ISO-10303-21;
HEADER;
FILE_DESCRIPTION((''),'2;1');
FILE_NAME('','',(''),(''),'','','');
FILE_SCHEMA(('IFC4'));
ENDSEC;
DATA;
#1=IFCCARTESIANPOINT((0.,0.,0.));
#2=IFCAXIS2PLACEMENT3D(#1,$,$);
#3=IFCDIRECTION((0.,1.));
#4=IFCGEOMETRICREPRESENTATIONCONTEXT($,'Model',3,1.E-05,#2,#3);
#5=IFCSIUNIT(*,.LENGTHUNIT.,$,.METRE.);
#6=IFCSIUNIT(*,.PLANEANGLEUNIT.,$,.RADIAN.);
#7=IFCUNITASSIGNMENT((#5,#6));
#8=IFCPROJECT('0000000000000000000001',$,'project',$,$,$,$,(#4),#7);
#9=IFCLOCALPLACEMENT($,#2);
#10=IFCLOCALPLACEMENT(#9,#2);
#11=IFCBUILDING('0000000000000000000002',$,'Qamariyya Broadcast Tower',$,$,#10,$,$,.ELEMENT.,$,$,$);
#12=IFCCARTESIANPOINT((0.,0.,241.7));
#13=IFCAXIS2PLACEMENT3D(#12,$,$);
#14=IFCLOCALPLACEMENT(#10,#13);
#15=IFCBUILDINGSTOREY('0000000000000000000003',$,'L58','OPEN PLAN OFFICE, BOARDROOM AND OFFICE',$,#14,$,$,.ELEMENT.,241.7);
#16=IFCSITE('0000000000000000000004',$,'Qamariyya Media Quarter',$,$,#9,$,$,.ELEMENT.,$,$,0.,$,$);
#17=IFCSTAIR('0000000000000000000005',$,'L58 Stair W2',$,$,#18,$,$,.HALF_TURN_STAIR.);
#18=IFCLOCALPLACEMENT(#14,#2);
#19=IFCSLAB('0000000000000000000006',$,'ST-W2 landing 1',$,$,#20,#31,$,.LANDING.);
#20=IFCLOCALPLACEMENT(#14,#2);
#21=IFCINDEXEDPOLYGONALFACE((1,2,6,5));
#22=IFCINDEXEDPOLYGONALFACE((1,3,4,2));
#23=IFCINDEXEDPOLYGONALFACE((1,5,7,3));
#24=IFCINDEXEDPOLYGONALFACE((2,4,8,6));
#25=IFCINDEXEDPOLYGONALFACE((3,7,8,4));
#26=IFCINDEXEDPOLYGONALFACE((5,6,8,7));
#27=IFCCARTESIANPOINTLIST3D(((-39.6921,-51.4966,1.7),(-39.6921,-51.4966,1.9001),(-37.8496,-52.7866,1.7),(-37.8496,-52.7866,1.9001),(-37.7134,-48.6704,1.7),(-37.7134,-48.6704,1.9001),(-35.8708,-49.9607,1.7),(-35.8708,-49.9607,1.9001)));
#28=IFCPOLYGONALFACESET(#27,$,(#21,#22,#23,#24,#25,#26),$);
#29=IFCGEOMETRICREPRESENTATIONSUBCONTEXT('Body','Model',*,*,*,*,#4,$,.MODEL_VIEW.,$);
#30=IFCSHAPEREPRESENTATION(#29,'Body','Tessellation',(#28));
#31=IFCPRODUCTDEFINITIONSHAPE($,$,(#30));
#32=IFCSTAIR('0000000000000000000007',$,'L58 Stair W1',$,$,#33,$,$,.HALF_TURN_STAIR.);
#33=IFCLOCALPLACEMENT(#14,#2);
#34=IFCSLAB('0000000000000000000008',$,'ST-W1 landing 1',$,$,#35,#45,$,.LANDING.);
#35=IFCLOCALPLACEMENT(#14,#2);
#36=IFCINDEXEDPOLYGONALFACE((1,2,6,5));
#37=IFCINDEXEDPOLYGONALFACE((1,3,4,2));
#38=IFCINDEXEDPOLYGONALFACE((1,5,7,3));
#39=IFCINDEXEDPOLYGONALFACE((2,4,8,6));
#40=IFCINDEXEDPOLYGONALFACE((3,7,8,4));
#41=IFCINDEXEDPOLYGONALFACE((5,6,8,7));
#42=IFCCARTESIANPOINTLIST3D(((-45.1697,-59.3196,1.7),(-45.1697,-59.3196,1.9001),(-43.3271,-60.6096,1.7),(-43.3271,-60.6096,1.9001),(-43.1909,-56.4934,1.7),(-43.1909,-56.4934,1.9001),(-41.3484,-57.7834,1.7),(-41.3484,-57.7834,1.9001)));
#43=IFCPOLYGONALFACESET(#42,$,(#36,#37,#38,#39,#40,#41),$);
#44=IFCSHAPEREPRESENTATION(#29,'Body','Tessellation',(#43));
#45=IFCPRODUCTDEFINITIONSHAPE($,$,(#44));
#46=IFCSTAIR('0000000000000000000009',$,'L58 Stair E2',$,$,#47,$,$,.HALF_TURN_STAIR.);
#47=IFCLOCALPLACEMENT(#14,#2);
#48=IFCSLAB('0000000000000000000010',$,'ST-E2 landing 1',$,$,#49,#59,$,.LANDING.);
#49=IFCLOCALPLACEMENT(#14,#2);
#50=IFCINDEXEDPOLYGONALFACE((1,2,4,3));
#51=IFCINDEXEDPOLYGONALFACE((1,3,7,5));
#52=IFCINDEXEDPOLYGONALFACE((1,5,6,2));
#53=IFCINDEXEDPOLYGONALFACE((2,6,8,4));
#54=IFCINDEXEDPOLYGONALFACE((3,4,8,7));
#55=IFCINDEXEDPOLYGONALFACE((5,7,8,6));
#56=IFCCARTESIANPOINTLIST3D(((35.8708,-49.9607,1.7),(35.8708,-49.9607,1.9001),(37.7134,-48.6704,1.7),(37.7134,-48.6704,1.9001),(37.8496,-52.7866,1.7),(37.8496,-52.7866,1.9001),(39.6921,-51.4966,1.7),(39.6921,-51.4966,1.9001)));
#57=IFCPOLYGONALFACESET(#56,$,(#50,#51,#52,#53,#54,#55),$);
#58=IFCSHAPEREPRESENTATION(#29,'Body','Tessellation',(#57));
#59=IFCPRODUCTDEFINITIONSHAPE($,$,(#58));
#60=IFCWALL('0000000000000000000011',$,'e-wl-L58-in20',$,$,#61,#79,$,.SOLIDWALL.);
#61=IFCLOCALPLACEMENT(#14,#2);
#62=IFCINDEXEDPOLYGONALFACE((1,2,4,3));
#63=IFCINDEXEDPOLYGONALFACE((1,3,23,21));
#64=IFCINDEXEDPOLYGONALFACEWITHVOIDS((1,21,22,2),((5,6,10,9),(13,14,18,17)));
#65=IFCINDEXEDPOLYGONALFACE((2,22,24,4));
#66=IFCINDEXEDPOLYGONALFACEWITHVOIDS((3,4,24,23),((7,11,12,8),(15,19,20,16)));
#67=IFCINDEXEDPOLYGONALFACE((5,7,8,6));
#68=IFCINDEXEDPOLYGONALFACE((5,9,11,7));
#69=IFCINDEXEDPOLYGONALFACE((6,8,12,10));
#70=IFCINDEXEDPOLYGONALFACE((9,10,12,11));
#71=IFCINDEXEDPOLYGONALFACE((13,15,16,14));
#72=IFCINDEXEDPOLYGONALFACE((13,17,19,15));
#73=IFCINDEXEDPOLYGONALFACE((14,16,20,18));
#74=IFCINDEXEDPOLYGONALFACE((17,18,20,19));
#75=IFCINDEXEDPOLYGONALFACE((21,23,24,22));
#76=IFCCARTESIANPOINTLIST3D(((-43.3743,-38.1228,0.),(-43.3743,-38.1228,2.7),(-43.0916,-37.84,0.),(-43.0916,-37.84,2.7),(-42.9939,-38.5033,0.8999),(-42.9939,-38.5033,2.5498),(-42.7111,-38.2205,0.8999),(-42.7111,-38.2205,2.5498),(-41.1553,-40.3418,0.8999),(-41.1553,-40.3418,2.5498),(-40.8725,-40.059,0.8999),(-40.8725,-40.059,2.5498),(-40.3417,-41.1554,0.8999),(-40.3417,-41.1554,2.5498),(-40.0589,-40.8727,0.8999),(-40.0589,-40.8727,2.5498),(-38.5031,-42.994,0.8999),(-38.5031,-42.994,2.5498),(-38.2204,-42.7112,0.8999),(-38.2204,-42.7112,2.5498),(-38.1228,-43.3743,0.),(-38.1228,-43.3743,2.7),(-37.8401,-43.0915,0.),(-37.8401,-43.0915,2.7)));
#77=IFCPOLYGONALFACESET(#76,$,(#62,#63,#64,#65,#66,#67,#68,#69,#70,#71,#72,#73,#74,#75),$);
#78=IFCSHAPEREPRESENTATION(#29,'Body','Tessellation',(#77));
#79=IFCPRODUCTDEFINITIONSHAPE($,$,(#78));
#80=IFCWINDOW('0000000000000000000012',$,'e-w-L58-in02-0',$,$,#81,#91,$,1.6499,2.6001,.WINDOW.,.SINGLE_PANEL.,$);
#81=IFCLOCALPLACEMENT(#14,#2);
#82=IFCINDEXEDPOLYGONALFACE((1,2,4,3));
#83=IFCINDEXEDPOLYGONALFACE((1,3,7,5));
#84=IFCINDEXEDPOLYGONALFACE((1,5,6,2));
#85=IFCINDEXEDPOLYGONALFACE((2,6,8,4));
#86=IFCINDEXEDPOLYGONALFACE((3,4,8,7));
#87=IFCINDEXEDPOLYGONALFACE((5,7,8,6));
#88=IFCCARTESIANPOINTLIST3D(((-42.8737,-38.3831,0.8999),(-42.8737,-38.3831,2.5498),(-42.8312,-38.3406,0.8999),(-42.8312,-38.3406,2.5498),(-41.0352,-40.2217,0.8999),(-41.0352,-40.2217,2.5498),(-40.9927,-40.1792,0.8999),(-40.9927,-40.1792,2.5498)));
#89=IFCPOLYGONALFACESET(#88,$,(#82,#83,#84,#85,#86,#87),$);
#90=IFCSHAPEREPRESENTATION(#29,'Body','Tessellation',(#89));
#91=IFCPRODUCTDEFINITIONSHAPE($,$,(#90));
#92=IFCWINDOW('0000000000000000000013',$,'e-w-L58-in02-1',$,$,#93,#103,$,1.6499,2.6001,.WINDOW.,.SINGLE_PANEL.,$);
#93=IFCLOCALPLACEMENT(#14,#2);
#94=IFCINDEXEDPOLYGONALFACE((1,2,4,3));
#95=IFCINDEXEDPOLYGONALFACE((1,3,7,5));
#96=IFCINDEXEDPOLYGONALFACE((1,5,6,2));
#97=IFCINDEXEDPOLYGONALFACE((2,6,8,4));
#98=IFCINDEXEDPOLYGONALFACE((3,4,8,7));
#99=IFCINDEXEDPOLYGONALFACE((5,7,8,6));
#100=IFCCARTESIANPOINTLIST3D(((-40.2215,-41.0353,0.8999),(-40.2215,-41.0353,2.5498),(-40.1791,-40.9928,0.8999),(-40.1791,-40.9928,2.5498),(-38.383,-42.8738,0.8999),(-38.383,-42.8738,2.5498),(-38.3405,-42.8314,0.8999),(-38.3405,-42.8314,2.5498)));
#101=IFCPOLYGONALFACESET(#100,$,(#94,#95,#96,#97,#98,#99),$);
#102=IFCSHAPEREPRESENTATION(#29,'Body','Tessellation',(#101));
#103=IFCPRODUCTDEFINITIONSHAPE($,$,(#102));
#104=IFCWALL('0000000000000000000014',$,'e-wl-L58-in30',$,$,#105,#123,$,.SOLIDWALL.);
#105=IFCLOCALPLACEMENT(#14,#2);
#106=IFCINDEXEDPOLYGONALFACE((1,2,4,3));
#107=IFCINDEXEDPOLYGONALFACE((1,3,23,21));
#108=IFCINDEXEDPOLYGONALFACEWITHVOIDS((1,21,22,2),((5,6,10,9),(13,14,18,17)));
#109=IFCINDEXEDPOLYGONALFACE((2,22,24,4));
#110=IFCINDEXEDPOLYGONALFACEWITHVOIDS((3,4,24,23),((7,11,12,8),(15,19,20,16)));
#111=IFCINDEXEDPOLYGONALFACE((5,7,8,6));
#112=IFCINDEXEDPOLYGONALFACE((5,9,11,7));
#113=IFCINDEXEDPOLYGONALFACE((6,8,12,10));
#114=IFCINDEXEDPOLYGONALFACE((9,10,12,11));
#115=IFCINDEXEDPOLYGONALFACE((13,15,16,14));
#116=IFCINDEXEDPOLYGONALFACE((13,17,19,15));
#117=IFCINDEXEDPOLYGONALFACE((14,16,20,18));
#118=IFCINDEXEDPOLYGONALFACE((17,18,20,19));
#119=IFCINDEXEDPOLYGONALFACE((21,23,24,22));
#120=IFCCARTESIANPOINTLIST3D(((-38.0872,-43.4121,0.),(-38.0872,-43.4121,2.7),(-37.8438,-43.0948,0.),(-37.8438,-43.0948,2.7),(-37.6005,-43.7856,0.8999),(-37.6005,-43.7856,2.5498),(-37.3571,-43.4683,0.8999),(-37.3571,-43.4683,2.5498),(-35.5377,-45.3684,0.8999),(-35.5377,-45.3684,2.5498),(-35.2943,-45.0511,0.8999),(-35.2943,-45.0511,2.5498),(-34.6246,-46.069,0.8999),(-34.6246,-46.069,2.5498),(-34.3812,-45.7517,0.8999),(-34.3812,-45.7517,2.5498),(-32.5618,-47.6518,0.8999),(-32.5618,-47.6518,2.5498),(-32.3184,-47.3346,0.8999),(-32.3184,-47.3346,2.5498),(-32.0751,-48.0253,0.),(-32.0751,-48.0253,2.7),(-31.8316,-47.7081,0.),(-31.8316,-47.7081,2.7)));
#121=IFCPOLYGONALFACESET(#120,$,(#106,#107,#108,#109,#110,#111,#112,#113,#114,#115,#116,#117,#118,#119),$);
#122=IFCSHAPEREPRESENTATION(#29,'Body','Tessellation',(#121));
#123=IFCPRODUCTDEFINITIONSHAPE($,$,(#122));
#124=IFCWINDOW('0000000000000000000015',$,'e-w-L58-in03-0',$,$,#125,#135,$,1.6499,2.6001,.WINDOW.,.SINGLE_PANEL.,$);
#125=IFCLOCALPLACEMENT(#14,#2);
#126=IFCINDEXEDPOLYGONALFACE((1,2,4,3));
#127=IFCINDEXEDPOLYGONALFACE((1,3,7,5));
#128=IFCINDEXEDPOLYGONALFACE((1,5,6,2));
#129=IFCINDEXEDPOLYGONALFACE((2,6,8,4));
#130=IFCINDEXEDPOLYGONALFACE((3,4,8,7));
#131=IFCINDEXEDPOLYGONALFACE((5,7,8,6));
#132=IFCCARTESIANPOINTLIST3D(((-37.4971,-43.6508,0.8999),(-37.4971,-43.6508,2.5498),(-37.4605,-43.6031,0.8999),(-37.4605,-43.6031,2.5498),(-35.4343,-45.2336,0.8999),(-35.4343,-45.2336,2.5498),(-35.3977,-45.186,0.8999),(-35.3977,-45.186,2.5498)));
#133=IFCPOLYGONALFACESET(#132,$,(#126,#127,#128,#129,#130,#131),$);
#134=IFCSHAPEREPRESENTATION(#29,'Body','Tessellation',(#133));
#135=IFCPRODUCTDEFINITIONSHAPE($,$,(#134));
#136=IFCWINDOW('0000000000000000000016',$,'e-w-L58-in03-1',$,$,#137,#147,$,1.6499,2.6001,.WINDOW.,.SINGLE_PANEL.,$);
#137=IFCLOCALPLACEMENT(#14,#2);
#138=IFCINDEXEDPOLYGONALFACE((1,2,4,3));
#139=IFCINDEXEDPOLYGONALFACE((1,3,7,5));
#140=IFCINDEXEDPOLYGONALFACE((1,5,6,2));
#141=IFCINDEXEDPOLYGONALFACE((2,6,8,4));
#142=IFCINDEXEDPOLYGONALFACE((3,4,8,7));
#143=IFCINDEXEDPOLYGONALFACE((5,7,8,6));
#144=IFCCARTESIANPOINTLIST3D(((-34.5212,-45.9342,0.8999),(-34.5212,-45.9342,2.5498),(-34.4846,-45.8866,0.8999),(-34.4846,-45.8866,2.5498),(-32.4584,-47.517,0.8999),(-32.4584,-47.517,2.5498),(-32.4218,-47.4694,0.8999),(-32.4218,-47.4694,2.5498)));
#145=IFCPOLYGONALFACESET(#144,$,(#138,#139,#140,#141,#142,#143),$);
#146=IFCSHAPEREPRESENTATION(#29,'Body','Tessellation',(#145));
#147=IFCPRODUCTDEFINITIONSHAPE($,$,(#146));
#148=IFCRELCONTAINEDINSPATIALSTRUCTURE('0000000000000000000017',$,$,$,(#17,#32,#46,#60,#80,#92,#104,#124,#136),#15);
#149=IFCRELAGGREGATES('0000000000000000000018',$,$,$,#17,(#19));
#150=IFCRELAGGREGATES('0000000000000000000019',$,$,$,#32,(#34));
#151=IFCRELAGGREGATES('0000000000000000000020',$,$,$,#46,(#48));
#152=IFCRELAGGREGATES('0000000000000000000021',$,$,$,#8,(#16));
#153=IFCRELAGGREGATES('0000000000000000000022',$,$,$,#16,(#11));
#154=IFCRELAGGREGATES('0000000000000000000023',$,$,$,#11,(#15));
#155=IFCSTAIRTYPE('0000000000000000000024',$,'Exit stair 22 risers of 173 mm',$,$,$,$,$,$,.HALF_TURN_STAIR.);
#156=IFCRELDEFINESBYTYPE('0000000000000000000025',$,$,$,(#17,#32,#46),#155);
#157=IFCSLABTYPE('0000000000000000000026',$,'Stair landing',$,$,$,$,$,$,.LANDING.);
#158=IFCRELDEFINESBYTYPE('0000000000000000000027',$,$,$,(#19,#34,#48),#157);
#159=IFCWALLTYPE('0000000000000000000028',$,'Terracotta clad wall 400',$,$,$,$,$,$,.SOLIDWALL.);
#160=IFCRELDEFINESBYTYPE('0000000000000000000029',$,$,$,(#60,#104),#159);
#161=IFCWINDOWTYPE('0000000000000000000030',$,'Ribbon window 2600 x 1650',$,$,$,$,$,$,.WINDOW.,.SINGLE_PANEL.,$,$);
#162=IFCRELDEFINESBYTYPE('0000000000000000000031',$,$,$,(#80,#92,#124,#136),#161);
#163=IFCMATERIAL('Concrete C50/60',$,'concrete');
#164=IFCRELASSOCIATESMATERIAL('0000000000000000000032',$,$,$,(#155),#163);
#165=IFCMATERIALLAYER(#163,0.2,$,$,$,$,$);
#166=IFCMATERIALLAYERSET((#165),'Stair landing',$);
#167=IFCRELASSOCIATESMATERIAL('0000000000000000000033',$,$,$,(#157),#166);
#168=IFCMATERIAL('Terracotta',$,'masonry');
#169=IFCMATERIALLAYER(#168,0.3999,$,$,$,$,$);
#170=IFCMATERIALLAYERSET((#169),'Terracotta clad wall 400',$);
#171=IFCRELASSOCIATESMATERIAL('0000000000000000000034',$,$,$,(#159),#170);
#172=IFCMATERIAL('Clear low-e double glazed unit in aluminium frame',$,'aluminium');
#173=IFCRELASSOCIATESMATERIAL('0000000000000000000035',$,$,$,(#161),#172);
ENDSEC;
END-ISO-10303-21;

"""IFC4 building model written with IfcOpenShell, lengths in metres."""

from ifc_helpers import new_model, si_unit, direction, frame, frame_2d, origin, place, context, subcontext, project, spatial, polyline, rectangle, outline, extrude, material, layer, layer_set, type_object, element, fill, aggregate, save


model = new_model("IFC4")

# Units and contexts
model_context = context("Model", 3, precision=1e-05, world=origin(), true_north=direction((0.0, 1.0)))
body_context = subcontext(model_context, "Body", "Model", "MODEL_VIEW")
ifc_project = project(units=[si_unit("LENGTHUNIT", "METRE"), si_unit("PLANEANGLEUNIT", "RADIAN")], contexts=[model_context])

# Site, building, storey
site_placement = place(None, origin())
site = spatial("IfcSite", under=ifc_project, at=site_placement, Name="Qamariyya Media Quarter", CompositionType="ELEMENT", RefElevation=0.0)
building_placement = place(site_placement, origin())
building = spatial("IfcBuilding", under=site, at=building_placement, Name="Qamariyya Broadcast Tower", CompositionType="ELEMENT")
storey_placement = place(building_placement, frame((0.0, 0.0, 241.7)))
storey = spatial("IfcBuildingStorey", under=building, at=storey_placement, Name="L58", Description="OPEN PLAN OFFICE, BOARDROOM AND OFFICE", CompositionType="ELEMENT", Elevation=241.7)

# Stairs, slabs
ifc_material_1 = material(Name="Concrete C50/60", Category="concrete")
stair_type = type_object("IfcStairType", Name="Exit stair 22 risers of 173 mm", PredefinedType="HALF_TURN_STAIR", material=ifc_material_1)
stair_1_placement = place(storey_placement, origin())
stair_1 = element("IfcStair", 1, at=stair_1_placement, inside=storey, type_object=stair_type, Name="L58 Stair W2", PredefinedType="HALF_TURN_STAIR")
ifc_layer_1 = layer(ifc_material_1, 0.2)
ifc_layer_set_1 = layer_set([ifc_layer_1], Name="Stair landing")
slab_type_1 = type_object("IfcSlabType", Name="Stair landing", PredefinedType="LANDING", material=ifc_layer_set_1)
slab_1_placement = place(storey_placement, frame((0.0, 0.0, 1.7)))
slab_1 = element("IfcSlab", 2, at=slab_1_placement, type_object=slab_type_1, Name="ST-W2 landing 1", PredefinedType="LANDING", context=body_context, shape_type="SweptSolid", body=[
    extrude(outline(polyline([(-39.6921, -51.4966), (-37.8496, -52.7866), (-35.8708, -49.9607), (-37.7134, -48.6704), (-39.6921, -51.4966)])), origin(), (0.0, 0.0, 1.0), 0.2002),
])
aggregate(stair_1, [slab_1])
stair_2_placement = place(storey_placement, origin())
stair_2 = element("IfcStair", 3, at=stair_2_placement, inside=storey, type_object=stair_type, Name="L58 Stair W1", PredefinedType="HALF_TURN_STAIR")
slab_2_placement = place(storey_placement, frame((0.0, 0.0, 1.7)))
slab_2 = element("IfcSlab", 4, at=slab_2_placement, type_object=slab_type_1, Name="ST-W1 landing 1", PredefinedType="LANDING", context=body_context, shape_type="SweptSolid", body=[
    extrude(outline(polyline([(-45.1697, -59.3196), (-43.3271, -60.6096), (-41.3484, -57.7834), (-43.1909, -56.4934), (-45.1697, -59.3196)])), origin(), (0.0, 0.0, 1.0), 0.2002),
])
aggregate(stair_2, [slab_2])
stair_3_placement = place(storey_placement, origin())
stair_3 = element("IfcStair", 5, at=stair_3_placement, inside=storey, type_object=stair_type, Name="L58 Stair E2", PredefinedType="HALF_TURN_STAIR")
slab_3_placement = place(storey_placement, frame((0.0, 0.0, 1.7)))
slab_3 = element("IfcSlab", 6, at=slab_3_placement, type_object=slab_type_1, Name="ST-E2 landing 1", PredefinedType="LANDING", context=body_context, shape_type="SweptSolid", body=[
    extrude(outline(polyline([(37.7134, -48.6704), (35.8708, -49.9607), (37.8496, -52.7866), (39.6921, -51.4966), (37.7134, -48.6704)])), origin(), (0.0, 0.0, 1.0), 0.2002),
])
aggregate(stair_3, [slab_3])

# Walls, openings, windows
ifc_material_2 = material(Name="Terracotta", Category="masonry")
ifc_layer_2 = layer(ifc_material_2, 0.3999)
ifc_layer_set_2 = layer_set([ifc_layer_2], Name="Terracotta clad wall 400")
wall_type = type_object("IfcWallType", Name="Terracotta clad wall 400", PredefinedType="SOLIDWALL", material=ifc_layer_set_2)
wall_1_placement = place(storey_placement, frame((-37.9814, -43.2329, 0.0), z_axis=(0.0, 0.0, 1.0), x_axis=(-0.707107, 0.707107, 0.0)))
wall_1 = element("IfcWall", 7, at=wall_1_placement, inside=storey, type_object=wall_type, Name="e-wl-L58-in20", PredefinedType="SOLIDWALL", context=body_context, shape_type="SweptSolid", body=[
    extrude(rectangle(XDim=7.4268, YDim=0.3999, at=frame_2d((3.7134, 0.0))), origin(), (0.0, 0.0, 1.0), 2.7),
])
opening_1_placement = place(wall_1_placement, frame((4.2886, 0.0, 0.8999)))
opening_1 = element("IfcOpeningElement", 8, at=opening_1_placement, cuts=wall_1, PredefinedType="OPENING", context=body_context, shape_type="SweptSolid", body=[
    extrude(rectangle(XDim=2.6001, YDim=1.6499, at=frame_2d((1.3, 0.825))), frame((0.0, 0.21, 0.0), z_axis=(0.0, -1.0, 0.0), x_axis=(1.0, 0.0, 0.0)), (0.0, 0.0, 1.0), 0.4199),
])
opening_2_placement = place(wall_1_placement, frame((0.5378, 0.0, 0.8999)))
opening_2 = element("IfcOpeningElement", 9, at=opening_2_placement, cuts=wall_1, PredefinedType="OPENING", context=body_context, shape_type="SweptSolid", body=[
    extrude(rectangle(XDim=2.6001, YDim=1.6499, at=frame_2d((1.3, 0.825))), frame((0.0, 0.21, 0.0), z_axis=(0.0, -1.0, 0.0), x_axis=(1.0, 0.0, 0.0)), (0.0, 0.0, 1.0), 0.4199),
])
ifc_material_3 = material(Name="Clear low-e double glazed unit in aluminium frame", Category="aluminium")
window_type = type_object("IfcWindowType", Name="Ribbon window 2600 x 1650", PartitioningType="SINGLE_PANEL", PredefinedType="WINDOW", material=ifc_material_3)
window_1_placement = place(opening_1_placement, origin())
window_1 = element("IfcWindow", 10, at=window_1_placement, inside=storey, type_object=window_type, Name="e-w-L58-in02-0", OverallHeight=1.6499, OverallWidth=2.6001, PartitioningType="SINGLE_PANEL", PredefinedType="WINDOW", context=body_context, shape_type="SweptSolid", body=[
    extrude(rectangle(XDim=2.6001, YDim=1.6499, at=frame_2d((1.3, 0.825))), frame((0.0, 0.03, 0.0), z_axis=(0.0, -1.0, 0.0), x_axis=(1.0, 0.0, 0.0)), (0.0, 0.0, 1.0), 0.0601),
])
fill(opening_1, window_1)
window_2_placement = place(opening_2_placement, origin())
window_2 = element("IfcWindow", 11, at=window_2_placement, inside=storey, type_object=window_type, Name="e-w-L58-in02-1", OverallHeight=1.6499, OverallWidth=2.6001, PartitioningType="SINGLE_PANEL", PredefinedType="WINDOW", context=body_context, shape_type="SweptSolid", body=[
    extrude(rectangle(XDim=2.6001, YDim=1.6499, at=frame_2d((1.3, 0.825))), frame((0.0, 0.03, 0.0), z_axis=(0.0, -1.0, 0.0), x_axis=(1.0, 0.0, 0.0)), (0.0, 0.0, 1.0), 0.0601),
])
fill(opening_2, window_2)
wall_2_placement = place(storey_placement, frame((-31.9534, -47.8667, 0.0), z_axis=(0.0, 0.0, 1.0), x_axis=(-0.793356, 0.608757, 0.0)))
wall_2 = element("IfcWall", 12, at=wall_2_placement, inside=storey, type_object=wall_type, Name="e-wl-L58-in30", PredefinedType="SOLIDWALL", context=body_context, shape_type="SweptSolid", body=[
    extrude(rectangle(XDim=7.5781, YDim=0.3999, at=frame_2d((3.7891, 0.0))), origin(), (0.0, 0.0, 1.0), 2.7),
])
opening_3_placement = place(wall_2_placement, frame((4.3645, 0.0, 0.8999)))
opening_3 = element("IfcOpeningElement", 13, at=opening_3_placement, cuts=wall_2, PredefinedType="OPENING", context=body_context, shape_type="SweptSolid", body=[
    extrude(rectangle(XDim=2.6001, YDim=1.6499, at=frame_2d((1.3, 0.825))), frame((0.0, 0.21, 0.0), z_axis=(0.0, -1.0, 0.0), x_axis=(1.0, 0.0, 0.0)), (0.0, 0.0, 1.0), 0.4199),
])
opening_4_placement = place(wall_2_placement, frame((0.6135, 0.0, 0.8999)))
opening_4 = element("IfcOpeningElement", 14, at=opening_4_placement, cuts=wall_2, PredefinedType="OPENING", context=body_context, shape_type="SweptSolid", body=[
    extrude(rectangle(XDim=2.6001, YDim=1.6499, at=frame_2d((1.3, 0.825))), frame((0.0, 0.21, 0.0), z_axis=(0.0, -1.0, 0.0), x_axis=(1.0, 0.0, 0.0)), (0.0, 0.0, 1.0), 0.4199),
])
window_3_placement = place(opening_3_placement, origin())
window_3 = element("IfcWindow", 15, at=window_3_placement, inside=storey, type_object=window_type, Name="e-w-L58-in03-0", OverallHeight=1.6499, OverallWidth=2.6001, PartitioningType="SINGLE_PANEL", PredefinedType="WINDOW", context=body_context, shape_type="SweptSolid", body=[
    extrude(rectangle(XDim=2.6001, YDim=1.6499, at=frame_2d((1.3, 0.825))), frame((0.0, 0.03, 0.0), z_axis=(0.0, -1.0, 0.0), x_axis=(1.0, 0.0, 0.0)), (0.0, 0.0, 1.0), 0.0601),
])
fill(opening_3, window_3)
window_4_placement = place(opening_4_placement, origin())
window_4 = element("IfcWindow", 16, at=window_4_placement, inside=storey, type_object=window_type, Name="e-w-L58-in03-1", OverallHeight=1.6499, OverallWidth=2.6001, PartitioningType="SINGLE_PANEL", PredefinedType="WINDOW", context=body_context, shape_type="SweptSolid", body=[
    extrude(rectangle(XDim=2.6001, YDim=1.6499, at=frame_2d((1.3, 0.825))), frame((0.0, 0.03, 0.0), z_axis=(0.0, -1.0, 0.0), x_axis=(1.0, 0.0, 0.0)), (0.0, 0.0, 1.0), 0.0601),
])
fill(opening_4, window_4)

save(model, "model.ifc")
